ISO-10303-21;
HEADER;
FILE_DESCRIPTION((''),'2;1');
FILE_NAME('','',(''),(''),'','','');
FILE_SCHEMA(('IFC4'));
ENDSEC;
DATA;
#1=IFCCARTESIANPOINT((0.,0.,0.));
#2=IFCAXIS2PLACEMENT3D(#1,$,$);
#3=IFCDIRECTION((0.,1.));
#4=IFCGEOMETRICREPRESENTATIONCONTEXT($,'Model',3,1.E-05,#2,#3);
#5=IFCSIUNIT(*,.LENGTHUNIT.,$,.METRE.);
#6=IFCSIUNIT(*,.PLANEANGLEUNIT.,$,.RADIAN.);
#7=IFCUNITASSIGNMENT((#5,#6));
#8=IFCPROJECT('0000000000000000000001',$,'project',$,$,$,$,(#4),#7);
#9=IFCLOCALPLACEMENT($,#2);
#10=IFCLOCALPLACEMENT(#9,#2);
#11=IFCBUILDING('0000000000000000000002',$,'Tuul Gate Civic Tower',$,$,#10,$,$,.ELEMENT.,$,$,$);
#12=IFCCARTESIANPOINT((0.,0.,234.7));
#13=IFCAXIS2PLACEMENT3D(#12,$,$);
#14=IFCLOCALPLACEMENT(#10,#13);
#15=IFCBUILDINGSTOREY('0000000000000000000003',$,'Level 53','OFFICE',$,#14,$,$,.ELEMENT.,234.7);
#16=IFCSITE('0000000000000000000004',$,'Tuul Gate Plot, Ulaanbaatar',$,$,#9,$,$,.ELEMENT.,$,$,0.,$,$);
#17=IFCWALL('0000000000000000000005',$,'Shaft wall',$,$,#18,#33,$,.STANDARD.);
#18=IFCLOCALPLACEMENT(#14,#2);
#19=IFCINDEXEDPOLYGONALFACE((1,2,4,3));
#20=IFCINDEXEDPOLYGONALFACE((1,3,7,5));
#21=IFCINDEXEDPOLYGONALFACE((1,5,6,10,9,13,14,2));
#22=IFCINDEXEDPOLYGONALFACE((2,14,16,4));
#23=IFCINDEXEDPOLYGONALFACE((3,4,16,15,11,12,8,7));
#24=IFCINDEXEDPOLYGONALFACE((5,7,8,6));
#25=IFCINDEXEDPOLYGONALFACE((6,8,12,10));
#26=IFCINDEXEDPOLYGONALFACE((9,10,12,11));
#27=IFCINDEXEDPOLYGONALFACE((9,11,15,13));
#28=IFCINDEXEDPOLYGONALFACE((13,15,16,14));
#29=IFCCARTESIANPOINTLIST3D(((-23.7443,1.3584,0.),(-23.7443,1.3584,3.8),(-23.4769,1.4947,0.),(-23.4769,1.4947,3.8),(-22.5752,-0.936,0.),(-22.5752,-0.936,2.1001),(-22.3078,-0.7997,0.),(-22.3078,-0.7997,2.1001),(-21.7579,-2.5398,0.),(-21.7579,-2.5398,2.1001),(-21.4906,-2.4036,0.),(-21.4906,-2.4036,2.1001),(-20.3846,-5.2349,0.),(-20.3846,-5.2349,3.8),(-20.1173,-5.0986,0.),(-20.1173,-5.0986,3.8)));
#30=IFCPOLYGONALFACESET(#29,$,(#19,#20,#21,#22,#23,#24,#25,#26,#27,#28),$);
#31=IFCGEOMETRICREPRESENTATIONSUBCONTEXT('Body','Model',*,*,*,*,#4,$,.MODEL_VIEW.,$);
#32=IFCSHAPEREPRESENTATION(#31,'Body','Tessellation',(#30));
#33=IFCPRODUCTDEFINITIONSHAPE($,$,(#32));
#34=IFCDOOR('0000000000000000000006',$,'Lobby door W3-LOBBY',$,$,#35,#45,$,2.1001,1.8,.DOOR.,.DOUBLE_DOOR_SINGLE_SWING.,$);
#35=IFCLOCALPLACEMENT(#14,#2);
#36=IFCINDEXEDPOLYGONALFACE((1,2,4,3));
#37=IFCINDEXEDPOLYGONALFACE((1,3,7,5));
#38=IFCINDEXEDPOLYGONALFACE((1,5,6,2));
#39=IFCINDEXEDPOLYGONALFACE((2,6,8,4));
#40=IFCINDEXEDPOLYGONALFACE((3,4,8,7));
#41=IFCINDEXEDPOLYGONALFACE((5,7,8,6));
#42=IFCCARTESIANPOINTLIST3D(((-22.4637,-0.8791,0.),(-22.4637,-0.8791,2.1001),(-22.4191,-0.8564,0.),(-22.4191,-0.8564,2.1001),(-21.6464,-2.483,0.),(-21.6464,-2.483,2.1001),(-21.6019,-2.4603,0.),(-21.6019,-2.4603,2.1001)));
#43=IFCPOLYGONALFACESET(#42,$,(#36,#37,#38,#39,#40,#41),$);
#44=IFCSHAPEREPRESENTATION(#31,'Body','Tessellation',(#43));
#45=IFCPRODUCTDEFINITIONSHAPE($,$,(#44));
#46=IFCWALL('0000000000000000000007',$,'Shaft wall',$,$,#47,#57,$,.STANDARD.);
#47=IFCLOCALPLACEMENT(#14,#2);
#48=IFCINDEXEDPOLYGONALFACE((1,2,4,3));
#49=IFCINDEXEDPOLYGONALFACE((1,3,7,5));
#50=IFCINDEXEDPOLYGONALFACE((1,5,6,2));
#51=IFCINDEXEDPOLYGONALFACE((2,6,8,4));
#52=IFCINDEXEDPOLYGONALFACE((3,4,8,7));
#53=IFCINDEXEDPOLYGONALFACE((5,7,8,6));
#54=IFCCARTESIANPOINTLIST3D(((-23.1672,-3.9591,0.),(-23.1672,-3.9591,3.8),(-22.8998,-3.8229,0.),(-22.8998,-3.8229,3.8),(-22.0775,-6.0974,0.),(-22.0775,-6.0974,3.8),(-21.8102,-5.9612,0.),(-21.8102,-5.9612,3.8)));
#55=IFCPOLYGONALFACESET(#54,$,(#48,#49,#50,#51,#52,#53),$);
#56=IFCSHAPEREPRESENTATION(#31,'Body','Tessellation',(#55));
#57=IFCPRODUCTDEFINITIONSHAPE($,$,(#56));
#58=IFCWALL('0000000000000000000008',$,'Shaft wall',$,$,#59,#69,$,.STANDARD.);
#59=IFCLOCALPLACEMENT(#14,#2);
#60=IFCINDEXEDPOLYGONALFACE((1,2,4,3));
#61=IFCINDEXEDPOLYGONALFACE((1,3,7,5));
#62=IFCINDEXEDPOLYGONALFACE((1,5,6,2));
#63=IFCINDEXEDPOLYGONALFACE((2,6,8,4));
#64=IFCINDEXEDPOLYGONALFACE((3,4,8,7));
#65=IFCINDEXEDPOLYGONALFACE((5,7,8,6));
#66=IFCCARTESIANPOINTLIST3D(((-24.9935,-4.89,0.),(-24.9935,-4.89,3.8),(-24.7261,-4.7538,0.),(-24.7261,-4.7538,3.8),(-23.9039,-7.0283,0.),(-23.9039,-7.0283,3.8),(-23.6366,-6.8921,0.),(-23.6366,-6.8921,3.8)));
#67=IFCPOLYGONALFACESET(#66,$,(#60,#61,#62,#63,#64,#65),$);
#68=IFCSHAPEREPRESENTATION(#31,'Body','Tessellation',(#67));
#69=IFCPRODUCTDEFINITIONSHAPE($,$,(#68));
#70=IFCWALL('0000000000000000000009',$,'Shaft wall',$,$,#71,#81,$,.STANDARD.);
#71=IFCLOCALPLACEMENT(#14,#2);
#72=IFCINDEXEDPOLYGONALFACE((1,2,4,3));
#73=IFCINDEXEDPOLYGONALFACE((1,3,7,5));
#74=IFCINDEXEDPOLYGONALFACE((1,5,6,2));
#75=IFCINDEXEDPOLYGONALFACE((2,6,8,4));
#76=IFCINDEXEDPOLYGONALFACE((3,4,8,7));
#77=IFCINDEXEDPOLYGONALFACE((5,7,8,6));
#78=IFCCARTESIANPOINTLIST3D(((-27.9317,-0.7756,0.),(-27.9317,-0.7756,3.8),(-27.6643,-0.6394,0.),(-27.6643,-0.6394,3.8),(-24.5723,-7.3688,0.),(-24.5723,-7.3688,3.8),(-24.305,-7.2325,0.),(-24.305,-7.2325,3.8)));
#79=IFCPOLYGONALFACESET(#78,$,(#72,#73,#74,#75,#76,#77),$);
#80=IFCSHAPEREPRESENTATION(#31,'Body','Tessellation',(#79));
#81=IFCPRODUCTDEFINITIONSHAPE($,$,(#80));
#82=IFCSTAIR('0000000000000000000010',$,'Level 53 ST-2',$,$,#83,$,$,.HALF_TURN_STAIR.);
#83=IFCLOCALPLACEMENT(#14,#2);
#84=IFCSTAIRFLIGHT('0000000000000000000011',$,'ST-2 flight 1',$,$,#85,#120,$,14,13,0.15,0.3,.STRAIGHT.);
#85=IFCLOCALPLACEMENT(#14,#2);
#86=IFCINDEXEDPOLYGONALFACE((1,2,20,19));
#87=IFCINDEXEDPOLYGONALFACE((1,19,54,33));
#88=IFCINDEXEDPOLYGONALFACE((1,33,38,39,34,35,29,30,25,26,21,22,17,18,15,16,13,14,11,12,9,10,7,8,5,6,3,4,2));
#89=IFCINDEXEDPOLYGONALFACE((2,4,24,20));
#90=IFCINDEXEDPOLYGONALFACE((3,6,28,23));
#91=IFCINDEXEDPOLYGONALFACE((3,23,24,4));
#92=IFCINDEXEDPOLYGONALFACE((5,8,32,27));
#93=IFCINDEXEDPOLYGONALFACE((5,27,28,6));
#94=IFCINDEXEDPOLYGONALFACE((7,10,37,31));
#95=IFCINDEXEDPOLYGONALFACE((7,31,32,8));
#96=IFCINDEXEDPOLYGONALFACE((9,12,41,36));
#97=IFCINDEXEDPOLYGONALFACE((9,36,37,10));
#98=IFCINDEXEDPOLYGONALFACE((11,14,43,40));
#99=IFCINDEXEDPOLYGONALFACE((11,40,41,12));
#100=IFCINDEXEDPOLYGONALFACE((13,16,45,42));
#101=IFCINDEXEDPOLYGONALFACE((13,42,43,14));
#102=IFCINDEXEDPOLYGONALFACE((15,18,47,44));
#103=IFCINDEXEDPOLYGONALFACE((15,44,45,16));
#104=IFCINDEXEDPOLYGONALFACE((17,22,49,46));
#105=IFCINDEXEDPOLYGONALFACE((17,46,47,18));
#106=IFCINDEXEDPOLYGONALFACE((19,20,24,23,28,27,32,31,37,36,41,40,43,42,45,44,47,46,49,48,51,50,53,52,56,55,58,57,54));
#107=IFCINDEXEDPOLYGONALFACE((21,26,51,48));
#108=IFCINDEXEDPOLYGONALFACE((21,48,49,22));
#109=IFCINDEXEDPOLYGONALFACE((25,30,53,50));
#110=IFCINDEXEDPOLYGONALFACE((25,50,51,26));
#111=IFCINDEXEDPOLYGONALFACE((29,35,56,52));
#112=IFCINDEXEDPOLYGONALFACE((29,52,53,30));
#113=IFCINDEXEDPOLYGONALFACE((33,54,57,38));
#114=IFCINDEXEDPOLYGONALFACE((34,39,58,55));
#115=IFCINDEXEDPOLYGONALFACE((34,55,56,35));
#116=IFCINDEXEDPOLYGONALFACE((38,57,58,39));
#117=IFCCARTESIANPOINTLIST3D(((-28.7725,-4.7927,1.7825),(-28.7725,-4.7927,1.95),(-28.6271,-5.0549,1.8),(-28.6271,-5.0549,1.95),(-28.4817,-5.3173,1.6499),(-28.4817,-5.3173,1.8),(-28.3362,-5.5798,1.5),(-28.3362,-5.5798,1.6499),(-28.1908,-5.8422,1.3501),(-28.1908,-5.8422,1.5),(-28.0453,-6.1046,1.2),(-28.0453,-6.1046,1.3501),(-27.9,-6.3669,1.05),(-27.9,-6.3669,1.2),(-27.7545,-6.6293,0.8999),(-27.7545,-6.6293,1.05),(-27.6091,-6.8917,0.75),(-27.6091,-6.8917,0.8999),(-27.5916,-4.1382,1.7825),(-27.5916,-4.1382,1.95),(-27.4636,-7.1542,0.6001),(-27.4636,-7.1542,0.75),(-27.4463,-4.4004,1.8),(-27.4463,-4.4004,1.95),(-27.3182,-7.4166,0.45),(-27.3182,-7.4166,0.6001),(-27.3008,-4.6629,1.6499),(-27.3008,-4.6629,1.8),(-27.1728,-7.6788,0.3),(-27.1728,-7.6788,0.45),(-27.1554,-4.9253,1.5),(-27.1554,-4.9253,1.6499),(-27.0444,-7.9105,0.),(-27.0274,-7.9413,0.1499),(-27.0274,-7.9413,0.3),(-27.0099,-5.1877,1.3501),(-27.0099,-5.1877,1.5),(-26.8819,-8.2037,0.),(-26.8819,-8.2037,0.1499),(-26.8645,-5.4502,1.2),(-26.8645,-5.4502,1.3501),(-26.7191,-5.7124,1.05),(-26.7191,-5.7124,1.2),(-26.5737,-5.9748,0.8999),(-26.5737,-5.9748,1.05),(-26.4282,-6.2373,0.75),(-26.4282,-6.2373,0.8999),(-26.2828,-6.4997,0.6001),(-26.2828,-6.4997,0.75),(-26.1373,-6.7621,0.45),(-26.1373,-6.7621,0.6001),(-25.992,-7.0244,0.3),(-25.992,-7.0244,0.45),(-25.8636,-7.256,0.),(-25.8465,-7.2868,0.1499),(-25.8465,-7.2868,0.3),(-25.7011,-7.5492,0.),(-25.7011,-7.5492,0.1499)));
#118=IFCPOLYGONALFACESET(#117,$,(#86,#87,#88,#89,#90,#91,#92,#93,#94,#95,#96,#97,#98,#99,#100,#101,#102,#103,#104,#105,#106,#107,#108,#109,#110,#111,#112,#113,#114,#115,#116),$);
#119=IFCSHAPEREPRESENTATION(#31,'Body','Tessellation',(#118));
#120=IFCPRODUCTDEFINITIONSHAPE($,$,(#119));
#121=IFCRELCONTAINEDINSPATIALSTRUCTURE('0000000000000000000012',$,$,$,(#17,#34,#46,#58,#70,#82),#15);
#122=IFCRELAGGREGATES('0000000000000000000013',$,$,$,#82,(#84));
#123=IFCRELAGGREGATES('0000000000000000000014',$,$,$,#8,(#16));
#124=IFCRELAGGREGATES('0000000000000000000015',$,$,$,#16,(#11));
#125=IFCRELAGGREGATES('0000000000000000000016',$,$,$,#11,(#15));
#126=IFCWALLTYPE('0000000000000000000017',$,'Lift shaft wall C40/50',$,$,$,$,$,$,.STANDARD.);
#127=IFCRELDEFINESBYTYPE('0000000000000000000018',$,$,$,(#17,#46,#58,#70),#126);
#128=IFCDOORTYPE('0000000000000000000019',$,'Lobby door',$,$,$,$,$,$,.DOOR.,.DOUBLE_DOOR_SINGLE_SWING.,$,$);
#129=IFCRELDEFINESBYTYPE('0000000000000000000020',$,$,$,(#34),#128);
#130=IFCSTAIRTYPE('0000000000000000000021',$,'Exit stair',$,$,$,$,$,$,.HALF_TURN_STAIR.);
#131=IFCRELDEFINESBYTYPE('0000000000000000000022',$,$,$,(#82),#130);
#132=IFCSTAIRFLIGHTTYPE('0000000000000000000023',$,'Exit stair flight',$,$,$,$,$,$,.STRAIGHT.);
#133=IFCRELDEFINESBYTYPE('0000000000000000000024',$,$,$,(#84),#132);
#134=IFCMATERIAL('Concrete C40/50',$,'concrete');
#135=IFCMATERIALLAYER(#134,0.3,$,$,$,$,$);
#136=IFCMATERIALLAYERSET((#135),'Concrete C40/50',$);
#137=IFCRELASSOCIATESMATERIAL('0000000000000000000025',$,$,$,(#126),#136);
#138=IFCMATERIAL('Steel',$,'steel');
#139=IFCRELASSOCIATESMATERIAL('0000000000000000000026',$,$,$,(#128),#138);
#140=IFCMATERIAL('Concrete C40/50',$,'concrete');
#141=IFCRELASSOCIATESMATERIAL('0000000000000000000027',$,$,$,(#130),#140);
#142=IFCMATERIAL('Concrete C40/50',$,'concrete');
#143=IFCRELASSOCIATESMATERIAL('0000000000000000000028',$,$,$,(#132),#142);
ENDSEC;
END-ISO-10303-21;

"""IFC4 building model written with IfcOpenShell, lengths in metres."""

from ifc_helpers import new_model, si_unit, direction, frame, frame_2d, origin, place, context, subcontext, project, spatial, polyline, rectangle, outline, extrude, material, layer, layer_set, type_object, element, fill, aggregate, save


model = new_model("IFC4")

# Units and contexts
model_context = context("Model", 3, precision=1e-05, world=origin(), true_north=direction((0.0, 1.0)))
body_context = subcontext(model_context, "Body", "Model", "MODEL_VIEW")
ifc_project = project(units=[si_unit("LENGTHUNIT", "METRE"), si_unit("PLANEANGLEUNIT", "RADIAN")], contexts=[model_context])

# Site, building, storey
site_placement = place(None, origin())
site = spatial("IfcSite", under=ifc_project, at=site_placement, Name="Tuul Gate Plot, Ulaanbaatar", CompositionType="ELEMENT", RefElevation=0.0)
building_placement = place(site_placement, origin())
building = spatial("IfcBuilding", under=site, at=building_placement, Name="Tuul Gate Civic Tower", CompositionType="ELEMENT")
storey_placement = place(building_placement, frame((0.0, 0.0, 234.7)))
storey = spatial("IfcBuildingStorey", under=building, at=storey_placement, Name="Level 53", Description="OFFICE", CompositionType="ELEMENT", Elevation=234.7)

# Shared definitions
ifc_material_1 = material(Name="Concrete C40/50", Category="concrete")
ifc_layer_1 = layer(ifc_material_1, 0.3)
ifc_layer_set_1 = layer_set([ifc_layer_1], Name="Concrete C40/50")
wall_type_1 = type_object("IfcWallType", Name="Lift shaft wall C40/50", PredefinedType="STANDARD", material=ifc_layer_set_1)

# Wall, opening, door
wall_1_placement = place(storey_placement, frame((-20.251, -5.1667, 0.0), z_axis=(0.0, 0.0, 1.0), x_axis=(-0.45401, 0.890996, 0.0)))
wall_1 = element("IfcWall", 1, at=wall_1_placement, inside=storey, type_object=wall_type_1, Name="Shaft wall", PredefinedType="STANDARD", context=body_context, shape_type="SweptSolid", body=[
    extrude(rectangle(XDim=7.3999, YDim=0.3, at=frame_2d((3.7, 0.0))), origin(), (0.0, 0.0, 1.0), 3.8),
])
opening_1_placement = place(wall_1_placement, frame((3.0249, 0.0, 0.0)))
opening_1 = element("IfcOpeningElement", 2, at=opening_1_placement, cuts=wall_1, PredefinedType="OPENING", context=body_context, shape_type="SweptSolid", body=[
    extrude(rectangle(XDim=1.8, YDim=2.1001, at=frame_2d((0.8999, 1.05))), frame((0.0, 0.1602, 0.0), z_axis=(0.0, -1.0, 0.0), x_axis=(1.0, 0.0, 0.0)), (0.0, 0.0, 1.0), 0.3201),
])
ifc_material_2 = material(Name="Steel", Category="steel")
door_type_1 = type_object("IfcDoorType", Name="Lobby door", OperationType="DOUBLE_DOOR_SINGLE_SWING", PredefinedType="DOOR", material=ifc_material_2)
door_1_placement = place(opening_1_placement, origin())
door_1 = element("IfcDoor", 3, at=door_1_placement, inside=storey, type_object=door_type_1, Name="Lobby door W3-LOBBY", OperationType="DOUBLE_DOOR_SINGLE_SWING", OverallHeight=2.1001, OverallWidth=1.8, PredefinedType="DOOR", context=body_context, shape_type="SweptSolid", body=[
    extrude(rectangle(XDim=1.8, YDim=2.1001, at=frame_2d((0.8999, 1.05))), frame((0.0, 0.0249, 0.0), z_axis=(0.0, -1.0, 0.0), x_axis=(1.0, 0.0, 0.0)), (0.0, 0.0, 1.0), 0.05),
])
fill(opening_1, door_1)

# Walls
for number, where, z_axis, x_axis, name in (
    (4, (-21.9438, -6.0293, 0.0), (0.0, 0.0, 1.0), (-0.454037, 0.890983, 0.0), "Shaft wall"),
    (5, (-23.7703, -6.9602, 0.0), (0.0, 0.0, 1.0), (-0.453996, 0.891004, 0.0), "Shaft wall"),
):
    element("IfcWall", number, at=place(storey_placement, frame(where, z_axis=z_axis, x_axis=x_axis)), inside=storey, type_object=wall_type_1, Name=name, PredefinedType="STANDARD", context=body_context, shape_type="SweptSolid", body=[
        extrude(rectangle(XDim=2.3999, YDim=0.3, at=frame_2d((1.2, 0.0))), origin(), (0.0, 0.0, 1.0), 3.8),
    ])
wall_2_placement = place(storey_placement, frame((-24.4387, -7.3005, 0.0), z_axis=(0.0, 0.0, 1.0), x_axis=(-0.453984, 0.89101, 0.0)))
element("IfcWall", 6, at=wall_2_placement, inside=storey, type_object=wall_type_1, Name="Shaft wall", PredefinedType="STANDARD", context=body_context, shape_type="SweptSolid", body=[
    extrude(rectangle(XDim=7.3997, YDim=0.3, at=frame_2d((3.6997, 0.0))), origin(), (0.0, 0.0, 1.0), 3.8),
])

# Stair, stair flight
ifc_material_3 = material(Name="Concrete C40/50", Category="concrete")
stair_type = type_object("IfcStairType", Name="Exit stair", PredefinedType="HALF_TURN_STAIR", material=ifc_material_3)
stair_placement = place(storey_placement, origin())
stair = element("IfcStair", 7, at=stair_placement, inside=storey, type_object=stair_type, Name="Level 53 ST-2", PredefinedType="HALF_TURN_STAIR")
ifc_material_4 = material(Name="Concrete C40/50", Category="concrete")
stair_flight_type = type_object("IfcStairFlightType", Name="Exit stair flight", PredefinedType="STRAIGHT", material=ifc_material_4)
stair_flight_placement = place(storey_placement, frame((-26.2915, -7.8765, 0.0), z_axis=(0.0, 0.0, 1.0), x_axis=(-0.484762, 0.874646, 0.0)))
stair_flight = element("IfcStairFlight", 8, at=stair_flight_placement, type_object=stair_flight_type, Name="ST-2 flight 1", NumberOfRisers=14, NumberOfTreads=13, PredefinedType="STRAIGHT", RiserHeight=0.15, TreadLength=0.3, context=body_context, shape_type="SweptSolid", body=[
    extrude(outline(polyline([(0.0, 0.0), (0.0, 0.1499), (0.3, 0.1499), (0.3, 0.3), (0.6001, 0.3), (0.6001, 0.45), (0.8999, 0.45), (0.8999, 0.6001), (1.2, 0.6001), (1.2, 0.75), (1.5, 0.75), (1.5, 0.8999), (1.8, 0.8999), (1.8, 1.05), (2.1001, 1.05), (2.1001, 1.2), (2.3999, 1.2), (2.3999, 1.3501), (2.7, 1.3501), (2.7, 1.5), (3.0, 1.5), (3.0, 1.6499), (3.3, 1.6499), (3.3, 1.8), (3.6001, 1.8), (3.6001, 1.95), (3.8999, 1.95), (3.8999, 2.1001), (3.8999, 1.7825), (0.3352, 0.0), (0.0, 0.0)])), frame((0.0, 0.675, 0.0), z_axis=(0.0, -1.0, 0.0), x_axis=(1.0, 0.0, 0.0)), (0.0, 0.0, 1.0), 1.3501),
])
aggregate(stair, [stair_flight])

save(model, "model.ifc")
